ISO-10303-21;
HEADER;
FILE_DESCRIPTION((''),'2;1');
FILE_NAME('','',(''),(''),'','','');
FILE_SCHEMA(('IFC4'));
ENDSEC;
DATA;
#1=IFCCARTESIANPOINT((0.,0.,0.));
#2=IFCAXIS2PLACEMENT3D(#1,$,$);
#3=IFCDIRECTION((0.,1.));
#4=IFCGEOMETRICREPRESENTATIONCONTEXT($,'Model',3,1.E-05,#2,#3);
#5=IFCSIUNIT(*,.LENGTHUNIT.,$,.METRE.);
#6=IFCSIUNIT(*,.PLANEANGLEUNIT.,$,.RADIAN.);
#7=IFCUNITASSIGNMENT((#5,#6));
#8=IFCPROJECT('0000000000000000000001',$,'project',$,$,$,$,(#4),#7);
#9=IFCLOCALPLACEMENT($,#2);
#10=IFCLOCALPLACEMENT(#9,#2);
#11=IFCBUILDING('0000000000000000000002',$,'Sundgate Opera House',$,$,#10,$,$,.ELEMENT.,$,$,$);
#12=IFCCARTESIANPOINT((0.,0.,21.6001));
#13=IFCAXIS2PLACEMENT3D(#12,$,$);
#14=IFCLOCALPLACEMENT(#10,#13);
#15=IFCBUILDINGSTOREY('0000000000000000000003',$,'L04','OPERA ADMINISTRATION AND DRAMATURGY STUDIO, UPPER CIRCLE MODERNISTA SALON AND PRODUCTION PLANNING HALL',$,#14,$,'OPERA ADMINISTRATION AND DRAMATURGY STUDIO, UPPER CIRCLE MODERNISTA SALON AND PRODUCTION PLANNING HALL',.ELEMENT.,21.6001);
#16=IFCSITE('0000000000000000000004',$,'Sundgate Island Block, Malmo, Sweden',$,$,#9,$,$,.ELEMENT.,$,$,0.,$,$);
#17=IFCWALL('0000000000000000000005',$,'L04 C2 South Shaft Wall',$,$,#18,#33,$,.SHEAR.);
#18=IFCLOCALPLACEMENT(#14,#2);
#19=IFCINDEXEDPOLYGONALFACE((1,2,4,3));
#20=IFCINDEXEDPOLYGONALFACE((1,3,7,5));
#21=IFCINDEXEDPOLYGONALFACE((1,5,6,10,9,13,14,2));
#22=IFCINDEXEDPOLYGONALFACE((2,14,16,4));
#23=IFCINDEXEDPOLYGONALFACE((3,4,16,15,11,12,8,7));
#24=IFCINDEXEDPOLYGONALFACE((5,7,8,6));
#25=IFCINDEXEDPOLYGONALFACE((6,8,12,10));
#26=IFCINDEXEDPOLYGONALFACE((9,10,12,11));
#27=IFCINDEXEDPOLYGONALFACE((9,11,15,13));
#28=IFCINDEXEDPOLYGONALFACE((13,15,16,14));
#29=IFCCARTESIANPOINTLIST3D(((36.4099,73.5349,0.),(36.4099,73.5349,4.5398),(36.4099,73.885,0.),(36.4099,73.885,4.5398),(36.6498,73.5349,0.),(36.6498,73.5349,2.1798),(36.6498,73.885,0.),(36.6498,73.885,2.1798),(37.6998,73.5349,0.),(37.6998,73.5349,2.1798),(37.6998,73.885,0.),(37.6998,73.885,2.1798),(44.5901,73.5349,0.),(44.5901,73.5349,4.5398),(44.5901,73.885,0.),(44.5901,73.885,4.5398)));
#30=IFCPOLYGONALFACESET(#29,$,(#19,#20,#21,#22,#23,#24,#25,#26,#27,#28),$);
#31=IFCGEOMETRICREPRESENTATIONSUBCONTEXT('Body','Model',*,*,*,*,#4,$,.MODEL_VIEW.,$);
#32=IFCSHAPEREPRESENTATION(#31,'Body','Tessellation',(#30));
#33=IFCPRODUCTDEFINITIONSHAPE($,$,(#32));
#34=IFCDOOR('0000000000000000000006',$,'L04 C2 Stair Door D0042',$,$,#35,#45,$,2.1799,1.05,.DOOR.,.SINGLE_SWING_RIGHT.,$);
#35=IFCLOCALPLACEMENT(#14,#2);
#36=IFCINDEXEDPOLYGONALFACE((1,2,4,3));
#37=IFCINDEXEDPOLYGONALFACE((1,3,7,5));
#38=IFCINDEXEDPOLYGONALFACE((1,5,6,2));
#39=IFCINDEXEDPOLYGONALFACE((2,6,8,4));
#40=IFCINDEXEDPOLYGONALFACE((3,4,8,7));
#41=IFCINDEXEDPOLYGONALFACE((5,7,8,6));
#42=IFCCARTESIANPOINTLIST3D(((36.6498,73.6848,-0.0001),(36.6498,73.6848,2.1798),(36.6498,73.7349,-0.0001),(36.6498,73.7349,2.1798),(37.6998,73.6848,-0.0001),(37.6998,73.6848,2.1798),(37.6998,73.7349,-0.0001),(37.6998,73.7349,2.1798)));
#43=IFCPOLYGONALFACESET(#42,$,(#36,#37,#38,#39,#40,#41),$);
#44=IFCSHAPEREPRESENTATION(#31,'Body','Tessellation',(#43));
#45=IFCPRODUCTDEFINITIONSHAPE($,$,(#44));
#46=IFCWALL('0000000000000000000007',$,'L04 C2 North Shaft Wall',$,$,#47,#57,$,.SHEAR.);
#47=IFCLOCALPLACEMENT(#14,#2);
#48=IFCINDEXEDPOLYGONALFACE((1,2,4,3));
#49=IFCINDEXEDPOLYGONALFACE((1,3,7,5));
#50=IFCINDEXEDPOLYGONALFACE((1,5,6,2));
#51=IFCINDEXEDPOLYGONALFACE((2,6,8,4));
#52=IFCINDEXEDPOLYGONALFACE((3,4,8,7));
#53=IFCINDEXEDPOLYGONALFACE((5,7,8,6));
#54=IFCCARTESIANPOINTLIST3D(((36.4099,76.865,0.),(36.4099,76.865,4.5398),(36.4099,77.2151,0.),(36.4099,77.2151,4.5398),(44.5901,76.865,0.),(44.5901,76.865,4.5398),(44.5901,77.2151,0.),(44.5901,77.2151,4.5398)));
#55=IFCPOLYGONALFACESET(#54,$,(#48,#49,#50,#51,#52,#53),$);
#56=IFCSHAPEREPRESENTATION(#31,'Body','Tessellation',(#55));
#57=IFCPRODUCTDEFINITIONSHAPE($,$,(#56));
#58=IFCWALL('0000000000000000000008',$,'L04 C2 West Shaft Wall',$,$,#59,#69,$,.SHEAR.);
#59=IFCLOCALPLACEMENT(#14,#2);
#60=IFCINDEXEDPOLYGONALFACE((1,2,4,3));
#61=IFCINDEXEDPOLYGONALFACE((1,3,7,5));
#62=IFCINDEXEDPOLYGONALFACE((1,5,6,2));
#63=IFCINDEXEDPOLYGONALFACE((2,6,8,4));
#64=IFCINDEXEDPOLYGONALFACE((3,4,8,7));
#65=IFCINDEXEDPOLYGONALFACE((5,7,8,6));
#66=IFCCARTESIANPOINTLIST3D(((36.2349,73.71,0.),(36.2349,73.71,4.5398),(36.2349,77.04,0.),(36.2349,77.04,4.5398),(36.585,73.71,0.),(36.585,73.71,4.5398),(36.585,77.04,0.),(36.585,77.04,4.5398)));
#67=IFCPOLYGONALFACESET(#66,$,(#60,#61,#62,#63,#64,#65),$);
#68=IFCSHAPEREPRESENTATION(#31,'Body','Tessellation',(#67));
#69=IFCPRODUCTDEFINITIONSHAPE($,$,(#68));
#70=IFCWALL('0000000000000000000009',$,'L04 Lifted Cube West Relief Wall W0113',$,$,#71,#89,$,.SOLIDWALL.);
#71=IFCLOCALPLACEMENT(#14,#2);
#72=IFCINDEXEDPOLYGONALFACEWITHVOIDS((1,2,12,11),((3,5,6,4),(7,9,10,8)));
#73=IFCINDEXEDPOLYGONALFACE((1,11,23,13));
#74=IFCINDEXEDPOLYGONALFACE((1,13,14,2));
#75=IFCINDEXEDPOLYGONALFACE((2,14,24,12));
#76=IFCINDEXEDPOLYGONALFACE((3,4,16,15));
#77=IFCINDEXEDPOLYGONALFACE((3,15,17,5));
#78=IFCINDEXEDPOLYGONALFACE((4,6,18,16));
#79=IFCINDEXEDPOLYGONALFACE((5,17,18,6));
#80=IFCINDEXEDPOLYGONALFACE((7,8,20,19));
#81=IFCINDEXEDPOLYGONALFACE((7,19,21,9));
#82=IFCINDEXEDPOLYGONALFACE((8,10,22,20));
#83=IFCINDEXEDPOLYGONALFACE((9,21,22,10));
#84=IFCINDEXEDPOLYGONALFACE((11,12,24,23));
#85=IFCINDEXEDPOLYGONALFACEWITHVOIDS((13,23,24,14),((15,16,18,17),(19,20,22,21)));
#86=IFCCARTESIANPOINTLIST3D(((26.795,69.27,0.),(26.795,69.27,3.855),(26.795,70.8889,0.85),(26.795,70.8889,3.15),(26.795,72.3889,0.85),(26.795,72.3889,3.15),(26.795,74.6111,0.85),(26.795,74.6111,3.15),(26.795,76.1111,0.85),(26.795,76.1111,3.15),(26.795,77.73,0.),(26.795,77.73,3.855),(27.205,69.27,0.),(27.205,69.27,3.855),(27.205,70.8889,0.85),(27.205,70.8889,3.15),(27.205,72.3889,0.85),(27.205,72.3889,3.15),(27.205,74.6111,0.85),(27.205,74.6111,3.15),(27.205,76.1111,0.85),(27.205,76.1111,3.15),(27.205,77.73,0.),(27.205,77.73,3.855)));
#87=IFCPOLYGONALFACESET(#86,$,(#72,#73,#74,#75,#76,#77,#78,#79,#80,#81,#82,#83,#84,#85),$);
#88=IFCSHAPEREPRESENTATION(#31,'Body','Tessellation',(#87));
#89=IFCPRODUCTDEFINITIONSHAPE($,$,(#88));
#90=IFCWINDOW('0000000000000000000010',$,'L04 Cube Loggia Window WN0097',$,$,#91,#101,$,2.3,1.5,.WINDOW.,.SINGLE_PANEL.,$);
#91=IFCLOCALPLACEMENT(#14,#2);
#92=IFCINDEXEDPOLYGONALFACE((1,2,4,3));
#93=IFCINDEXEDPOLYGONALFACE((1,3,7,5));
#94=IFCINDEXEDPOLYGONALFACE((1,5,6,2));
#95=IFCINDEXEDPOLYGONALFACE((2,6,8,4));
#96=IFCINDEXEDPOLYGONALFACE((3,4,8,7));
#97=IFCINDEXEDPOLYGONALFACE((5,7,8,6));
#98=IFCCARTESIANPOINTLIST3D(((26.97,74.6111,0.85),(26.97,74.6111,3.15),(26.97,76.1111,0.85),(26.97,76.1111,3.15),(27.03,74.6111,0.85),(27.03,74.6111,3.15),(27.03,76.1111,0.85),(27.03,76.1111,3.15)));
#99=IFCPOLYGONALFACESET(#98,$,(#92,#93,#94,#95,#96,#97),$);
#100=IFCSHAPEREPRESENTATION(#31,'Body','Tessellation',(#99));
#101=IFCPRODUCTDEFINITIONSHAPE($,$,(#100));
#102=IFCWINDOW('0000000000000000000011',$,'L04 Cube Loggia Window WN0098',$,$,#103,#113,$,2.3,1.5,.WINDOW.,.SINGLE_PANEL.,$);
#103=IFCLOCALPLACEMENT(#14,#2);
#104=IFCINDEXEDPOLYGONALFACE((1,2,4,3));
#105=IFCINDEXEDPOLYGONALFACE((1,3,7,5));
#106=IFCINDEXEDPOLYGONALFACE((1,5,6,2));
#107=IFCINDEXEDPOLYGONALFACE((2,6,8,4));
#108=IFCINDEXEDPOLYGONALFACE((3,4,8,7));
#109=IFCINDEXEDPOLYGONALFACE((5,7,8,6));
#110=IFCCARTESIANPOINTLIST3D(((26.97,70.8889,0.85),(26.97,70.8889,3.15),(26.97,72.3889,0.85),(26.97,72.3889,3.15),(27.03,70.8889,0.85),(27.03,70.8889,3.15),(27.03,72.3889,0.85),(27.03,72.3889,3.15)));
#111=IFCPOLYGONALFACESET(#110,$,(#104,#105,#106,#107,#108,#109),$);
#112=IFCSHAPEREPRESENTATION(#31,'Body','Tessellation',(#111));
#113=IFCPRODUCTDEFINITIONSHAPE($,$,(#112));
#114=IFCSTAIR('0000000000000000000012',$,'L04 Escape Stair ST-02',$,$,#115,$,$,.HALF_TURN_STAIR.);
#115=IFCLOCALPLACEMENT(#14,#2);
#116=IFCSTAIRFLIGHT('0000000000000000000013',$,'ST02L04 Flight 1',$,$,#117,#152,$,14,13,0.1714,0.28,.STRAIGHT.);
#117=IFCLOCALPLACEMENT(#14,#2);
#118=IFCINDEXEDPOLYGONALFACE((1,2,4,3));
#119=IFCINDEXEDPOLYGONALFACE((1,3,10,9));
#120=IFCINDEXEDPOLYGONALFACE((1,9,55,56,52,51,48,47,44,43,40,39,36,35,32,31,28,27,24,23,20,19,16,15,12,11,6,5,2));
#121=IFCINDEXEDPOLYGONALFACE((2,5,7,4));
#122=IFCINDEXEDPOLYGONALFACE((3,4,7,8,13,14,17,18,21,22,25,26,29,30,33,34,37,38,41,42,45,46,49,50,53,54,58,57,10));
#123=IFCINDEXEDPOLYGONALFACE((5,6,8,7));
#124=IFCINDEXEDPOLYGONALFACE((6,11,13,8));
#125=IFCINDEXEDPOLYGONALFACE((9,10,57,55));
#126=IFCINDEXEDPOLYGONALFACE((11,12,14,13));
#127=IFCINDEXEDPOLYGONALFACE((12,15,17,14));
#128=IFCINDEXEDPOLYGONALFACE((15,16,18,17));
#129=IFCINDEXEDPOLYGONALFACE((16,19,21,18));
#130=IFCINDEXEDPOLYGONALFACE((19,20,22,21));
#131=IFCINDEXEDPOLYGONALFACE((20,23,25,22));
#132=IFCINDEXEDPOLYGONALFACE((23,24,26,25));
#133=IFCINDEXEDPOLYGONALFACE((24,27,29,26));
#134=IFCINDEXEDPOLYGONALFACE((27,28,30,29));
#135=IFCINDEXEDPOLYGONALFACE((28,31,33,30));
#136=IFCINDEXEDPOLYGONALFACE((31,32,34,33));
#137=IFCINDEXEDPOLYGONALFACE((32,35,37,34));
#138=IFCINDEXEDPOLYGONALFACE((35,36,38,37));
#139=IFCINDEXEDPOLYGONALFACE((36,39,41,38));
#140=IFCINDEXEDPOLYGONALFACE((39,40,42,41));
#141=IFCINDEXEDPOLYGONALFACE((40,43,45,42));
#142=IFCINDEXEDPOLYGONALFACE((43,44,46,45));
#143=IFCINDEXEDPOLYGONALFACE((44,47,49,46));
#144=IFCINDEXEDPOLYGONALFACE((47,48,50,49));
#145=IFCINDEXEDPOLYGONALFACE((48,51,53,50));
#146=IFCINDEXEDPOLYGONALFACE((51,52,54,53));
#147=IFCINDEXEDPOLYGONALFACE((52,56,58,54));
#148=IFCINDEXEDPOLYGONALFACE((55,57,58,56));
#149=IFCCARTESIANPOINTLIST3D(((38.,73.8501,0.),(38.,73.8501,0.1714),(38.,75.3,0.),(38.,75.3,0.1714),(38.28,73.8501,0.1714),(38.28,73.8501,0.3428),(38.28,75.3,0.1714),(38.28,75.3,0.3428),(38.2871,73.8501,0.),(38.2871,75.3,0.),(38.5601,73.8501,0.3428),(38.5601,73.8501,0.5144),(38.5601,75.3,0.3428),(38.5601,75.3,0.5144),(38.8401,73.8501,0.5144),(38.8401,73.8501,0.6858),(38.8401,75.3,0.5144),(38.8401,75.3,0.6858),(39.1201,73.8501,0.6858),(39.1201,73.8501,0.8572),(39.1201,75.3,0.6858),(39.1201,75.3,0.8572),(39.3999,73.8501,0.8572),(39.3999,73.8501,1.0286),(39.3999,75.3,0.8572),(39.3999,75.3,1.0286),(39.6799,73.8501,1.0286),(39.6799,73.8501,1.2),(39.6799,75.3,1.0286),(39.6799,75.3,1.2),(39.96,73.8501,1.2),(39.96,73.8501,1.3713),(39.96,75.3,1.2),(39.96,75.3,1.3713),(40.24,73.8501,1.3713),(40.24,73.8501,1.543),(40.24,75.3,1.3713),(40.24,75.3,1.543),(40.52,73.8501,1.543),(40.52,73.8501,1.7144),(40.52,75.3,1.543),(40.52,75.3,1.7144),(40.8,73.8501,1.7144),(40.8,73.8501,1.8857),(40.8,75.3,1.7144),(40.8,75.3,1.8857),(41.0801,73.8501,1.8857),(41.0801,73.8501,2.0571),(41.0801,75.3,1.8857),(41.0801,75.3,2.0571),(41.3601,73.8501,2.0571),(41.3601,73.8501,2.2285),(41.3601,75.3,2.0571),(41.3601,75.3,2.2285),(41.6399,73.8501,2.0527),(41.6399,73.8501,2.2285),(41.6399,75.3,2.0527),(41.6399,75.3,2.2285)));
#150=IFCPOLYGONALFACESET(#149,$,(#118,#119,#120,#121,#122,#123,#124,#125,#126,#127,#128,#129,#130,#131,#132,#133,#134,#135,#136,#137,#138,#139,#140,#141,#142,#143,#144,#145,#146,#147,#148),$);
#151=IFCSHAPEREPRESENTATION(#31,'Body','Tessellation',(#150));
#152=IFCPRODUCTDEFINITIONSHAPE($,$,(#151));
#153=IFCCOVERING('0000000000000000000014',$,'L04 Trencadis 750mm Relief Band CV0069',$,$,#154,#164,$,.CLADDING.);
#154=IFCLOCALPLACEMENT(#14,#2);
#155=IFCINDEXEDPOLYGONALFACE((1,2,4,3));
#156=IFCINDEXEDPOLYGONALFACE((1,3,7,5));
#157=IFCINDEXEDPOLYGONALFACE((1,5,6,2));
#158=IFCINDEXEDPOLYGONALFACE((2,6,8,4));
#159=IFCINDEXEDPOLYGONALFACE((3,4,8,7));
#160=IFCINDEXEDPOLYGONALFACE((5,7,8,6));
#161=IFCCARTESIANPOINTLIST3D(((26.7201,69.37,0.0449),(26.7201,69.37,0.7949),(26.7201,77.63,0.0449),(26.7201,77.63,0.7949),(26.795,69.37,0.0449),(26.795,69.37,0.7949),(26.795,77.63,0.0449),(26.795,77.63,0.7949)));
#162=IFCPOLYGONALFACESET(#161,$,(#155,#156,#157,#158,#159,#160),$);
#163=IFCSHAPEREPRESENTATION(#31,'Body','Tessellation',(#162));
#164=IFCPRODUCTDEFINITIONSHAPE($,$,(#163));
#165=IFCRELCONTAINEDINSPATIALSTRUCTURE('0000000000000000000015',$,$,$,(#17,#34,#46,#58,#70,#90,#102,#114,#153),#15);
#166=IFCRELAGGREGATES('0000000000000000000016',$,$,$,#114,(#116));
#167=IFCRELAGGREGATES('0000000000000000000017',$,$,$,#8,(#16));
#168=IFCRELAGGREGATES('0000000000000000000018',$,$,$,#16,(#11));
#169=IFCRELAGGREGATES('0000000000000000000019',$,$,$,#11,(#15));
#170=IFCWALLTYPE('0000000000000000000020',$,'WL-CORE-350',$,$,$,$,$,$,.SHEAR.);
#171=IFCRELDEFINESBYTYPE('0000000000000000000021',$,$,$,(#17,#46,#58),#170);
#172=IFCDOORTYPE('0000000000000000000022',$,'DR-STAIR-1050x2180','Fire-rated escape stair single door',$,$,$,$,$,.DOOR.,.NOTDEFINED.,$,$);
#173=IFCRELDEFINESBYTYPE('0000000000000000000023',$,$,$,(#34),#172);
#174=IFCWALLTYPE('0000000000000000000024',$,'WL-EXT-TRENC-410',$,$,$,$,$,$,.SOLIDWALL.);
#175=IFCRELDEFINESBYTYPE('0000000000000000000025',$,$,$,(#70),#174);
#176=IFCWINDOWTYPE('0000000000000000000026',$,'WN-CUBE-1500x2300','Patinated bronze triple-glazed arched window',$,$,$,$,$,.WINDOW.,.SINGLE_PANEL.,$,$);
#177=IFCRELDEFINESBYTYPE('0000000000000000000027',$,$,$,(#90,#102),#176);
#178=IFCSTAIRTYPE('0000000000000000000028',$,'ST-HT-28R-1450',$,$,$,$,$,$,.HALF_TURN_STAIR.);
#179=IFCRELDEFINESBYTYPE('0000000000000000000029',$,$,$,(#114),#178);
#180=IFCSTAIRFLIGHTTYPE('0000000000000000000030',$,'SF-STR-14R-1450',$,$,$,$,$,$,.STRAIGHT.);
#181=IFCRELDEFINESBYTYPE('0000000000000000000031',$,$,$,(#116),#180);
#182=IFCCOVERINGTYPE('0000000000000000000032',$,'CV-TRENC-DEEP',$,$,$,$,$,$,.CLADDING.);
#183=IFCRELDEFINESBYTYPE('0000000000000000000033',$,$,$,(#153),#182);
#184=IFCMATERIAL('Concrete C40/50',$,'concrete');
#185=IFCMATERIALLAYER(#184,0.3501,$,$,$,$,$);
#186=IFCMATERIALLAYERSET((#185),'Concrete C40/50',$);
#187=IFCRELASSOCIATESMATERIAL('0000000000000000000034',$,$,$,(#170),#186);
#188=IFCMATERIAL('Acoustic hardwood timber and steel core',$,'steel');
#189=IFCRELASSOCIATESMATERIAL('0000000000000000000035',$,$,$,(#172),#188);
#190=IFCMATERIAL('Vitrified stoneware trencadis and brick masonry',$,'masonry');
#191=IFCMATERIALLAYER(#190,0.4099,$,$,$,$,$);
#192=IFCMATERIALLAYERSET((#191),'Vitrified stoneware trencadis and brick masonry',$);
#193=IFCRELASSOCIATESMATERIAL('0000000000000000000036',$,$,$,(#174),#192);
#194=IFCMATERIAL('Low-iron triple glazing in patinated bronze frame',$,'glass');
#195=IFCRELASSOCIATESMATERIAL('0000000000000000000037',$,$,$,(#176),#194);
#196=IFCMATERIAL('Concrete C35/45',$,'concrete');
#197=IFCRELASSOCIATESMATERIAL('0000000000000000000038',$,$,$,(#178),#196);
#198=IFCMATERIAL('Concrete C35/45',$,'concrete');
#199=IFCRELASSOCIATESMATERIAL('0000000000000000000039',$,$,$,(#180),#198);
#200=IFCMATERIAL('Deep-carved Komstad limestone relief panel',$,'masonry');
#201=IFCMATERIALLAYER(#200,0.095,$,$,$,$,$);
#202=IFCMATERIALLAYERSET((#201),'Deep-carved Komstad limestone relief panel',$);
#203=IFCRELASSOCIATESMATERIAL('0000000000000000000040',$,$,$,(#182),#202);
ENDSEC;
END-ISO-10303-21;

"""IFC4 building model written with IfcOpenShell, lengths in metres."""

from ifc_helpers import new_model, si_unit, direction, frame, frame_2d, origin, origin_2d, place, context, subcontext, project, spatial, polyline, rectangle, outline, extrude, material, layer, layer_set, type_object, element, fill, aggregate, save


model = new_model("IFC4")

# Units and contexts
model_context = context("Model", 3, precision=1e-05, world=origin(), true_north=direction((0.0, 1.0)))
body_context = subcontext(model_context, "Body", "Model", "MODEL_VIEW")
ifc_project = project(units=[si_unit("LENGTHUNIT", "METRE"), si_unit("PLANEANGLEUNIT", "RADIAN")], contexts=[model_context])

# Site, building, storey
site_placement = place(None, origin())
site = spatial("IfcSite", under=ifc_project, at=site_placement, Name="Sundgate Island Block, Malmo, Sweden", CompositionType="ELEMENT", RefElevation=0.0)
building_placement = place(site_placement, origin())
building = spatial("IfcBuilding", under=site, at=building_placement, Name="Sundgate Opera House", CompositionType="ELEMENT")
storey_placement = place(building_placement, frame((0.0, 0.0, 21.6001)))
storey = spatial("IfcBuildingStorey", under=building, at=storey_placement, Name="L04", Description="OPERA ADMINISTRATION AND DRAMATURGY STUDIO, UPPER CIRCLE MODERNISTA SALON AND PRODUCTION PLANNING HALL", LongName="OPERA ADMINISTRATION AND DRAMATURGY STUDIO, UPPER CIRCLE MODERNISTA SALON AND PRODUCTION PLANNING HALL", CompositionType="ELEMENT", Elevation=21.6001)

# Wall, opening, door
ifc_material_1 = material(Name="Concrete C40/50", Category="concrete")
ifc_layer_1 = layer(ifc_material_1, 0.3501)
ifc_layer_set_1 = layer_set([ifc_layer_1], Name="Concrete C40/50")
wall_type_1 = type_object("IfcWallType", Name="WL-CORE-350", PredefinedType="SHEAR", material=ifc_layer_set_1)
wall_1_placement = place(storey_placement, frame((36.4099, 73.71, 0.0), z_axis=(0.0, 0.0, 1.0), x_axis=(1.0, 0.0, 0.0)))
wall_1 = element("IfcWall", 1, at=wall_1_placement, inside=storey, type_object=wall_type_1, Name="L04 C2 South Shaft Wall", PredefinedType="SHEAR", context=body_context, shape_type="SweptSolid", body=[
    extrude(rectangle(XDim=8.1802, YDim=0.3501, at=frame_2d((4.0901, 0.0))), origin(), (0.0, 0.0, 1.0), 4.5398),
])
opening_1_placement = place(wall_1_placement, frame((0.24, 0.0, 0.0)))
opening_1 = element("IfcOpeningElement", 2, at=opening_1_placement, cuts=wall_1, PredefinedType="OPENING", context=body_context, shape_type="SweptSolid", body=[
    extrude(rectangle(XDim=1.05, YDim=2.1799, at=frame_2d((0.5249, 1.0898))), frame((0.0, 0.1851, 0.0), z_axis=(0.0, -1.0, 0.0), x_axis=(1.0, 0.0, 0.0)), (0.0, 0.0, 1.0), 0.3701),
])
ifc_material_2 = material(Name="Acoustic hardwood timber and steel core", Category="steel")
door_type = type_object("IfcDoorType", Name="DR-STAIR-1050x2180", Description="Fire-rated escape stair single door", OperationType="NOTDEFINED", PredefinedType="DOOR", material=ifc_material_2)
door_placement = place(opening_1_placement, origin())
door = element("IfcDoor", 3, at=door_placement, inside=storey, type_object=door_type, Name="L04 C2 Stair Door D0042", OperationType="SINGLE_SWING_RIGHT", OverallHeight=2.1799, OverallWidth=1.05, PredefinedType="DOOR", context=body_context, shape_type="SweptSolid", body=[
    extrude(rectangle(XDim=1.05, YDim=2.1799, at=frame_2d((0.5249, 1.0898))), frame((0.0, 0.0249, 0.0), z_axis=(0.0, -1.0, 0.0), x_axis=(1.0, 0.0, 0.0)), (0.0, 0.0, 1.0), 0.05),
])
fill(opening_1, door)

# Walls
wall_2_placement = place(storey_placement, frame((36.4099, 77.04, 0.0), z_axis=(0.0, 0.0, 1.0), x_axis=(1.0, 0.0, 0.0)))
element("IfcWall", 4, at=wall_2_placement, inside=storey, type_object=wall_type_1, Name="L04 C2 North Shaft Wall", PredefinedType="SHEAR", context=body_context, shape_type="SweptSolid", body=[
    extrude(rectangle(XDim=8.1802, YDim=0.3501, at=frame_2d((4.0901, 0.0))), origin(), (0.0, 0.0, 1.0), 4.5398),
])
wall_3_placement = place(storey_placement, frame((36.4099, 73.71, 0.0), z_axis=(0.0, 0.0, 1.0), x_axis=(0.0, 1.0, 0.0)))
element("IfcWall", 5, at=wall_3_placement, inside=storey, type_object=wall_type_1, Name="L04 C2 West Shaft Wall", PredefinedType="SHEAR", context=body_context, shape_type="SweptSolid", body=[
    extrude(rectangle(XDim=3.3301, YDim=0.3501, at=frame_2d((1.665, 0.0))), origin(), (0.0, 0.0, 1.0), 4.5398),
])

# Wall, openings, windows
ifc_material_3 = material(Name="Vitrified stoneware trencadis and brick masonry", Category="masonry")
ifc_layer_2 = layer(ifc_material_3, 0.4099)
ifc_layer_set_2 = layer_set([ifc_layer_2], Name="Vitrified stoneware trencadis and brick masonry")
wall_type_2 = type_object("IfcWallType", Name="WL-EXT-TRENC-410", PredefinedType="SOLIDWALL", material=ifc_layer_set_2)
wall_4_placement = place(storey_placement, frame((27.0, 77.73, 0.0), z_axis=(0.0, 0.0, 1.0), x_axis=(0.0, -1.0, 0.0)))
wall_4 = element("IfcWall", 6, at=wall_4_placement, inside=storey, type_object=wall_type_2, Name="L04 Lifted Cube West Relief Wall W0113", PredefinedType="SOLIDWALL", context=body_context, shape_type="SweptSolid", body=[
    extrude(rectangle(XDim=8.46, YDim=0.4099, at=frame_2d((4.23, 0.0))), origin(), (0.0, 0.0, 1.0), 3.855),
])
opening_2_placement = place(wall_4_placement, frame((1.6189, 0.0, 0.8501)))
opening_2 = element("IfcOpeningElement", 7, at=opening_2_placement, cuts=wall_4, PredefinedType="OPENING", context=body_context, shape_type="SweptSolid", body=[
    extrude(rectangle(XDim=1.5, YDim=2.3, at=frame_2d((0.75, 1.1499))), frame((0.0, 0.2148, 0.0), z_axis=(0.0, -1.0, 0.0), x_axis=(1.0, 0.0, 0.0)), (0.0, 0.0, 1.0), 0.4299),
])
opening_3_placement = place(wall_4_placement, frame((5.3411, 0.0, 0.8501)))
opening_3 = element("IfcOpeningElement", 8, at=opening_3_placement, cuts=wall_4, PredefinedType="OPENING", context=body_context, shape_type="SweptSolid", body=[
    extrude(rectangle(XDim=1.5, YDim=2.3, at=frame_2d((0.75, 1.1499))), frame((0.0, 0.2148, 0.0), z_axis=(0.0, -1.0, 0.0), x_axis=(1.0, 0.0, 0.0)), (0.0, 0.0, 1.0), 0.4299),
])
ifc_material_4 = material(Name="Low-iron triple glazing in patinated bronze frame", Category="glass")
window_type = type_object("IfcWindowType", Name="WN-CUBE-1500x2300", Description="Patinated bronze triple-glazed arched window", PartitioningType="SINGLE_PANEL", PredefinedType="WINDOW", material=ifc_material_4)
window_1_placement = place(opening_2_placement, origin())
window_1 = element("IfcWindow", 9, at=window_1_placement, inside=storey, type_object=window_type, Name="L04 Cube Loggia Window WN0097", OverallHeight=2.3, OverallWidth=1.5, PartitioningType="SINGLE_PANEL", PredefinedType="WINDOW", context=body_context, shape_type="SweptSolid", body=[
    extrude(rectangle(XDim=1.5, YDim=2.3, at=frame_2d((0.75, 1.1499))), frame((0.0, 0.03, 0.0), z_axis=(0.0, -1.0, 0.0), x_axis=(1.0, 0.0, 0.0)), (0.0, 0.0, 1.0), 0.0601),
])
fill(opening_2, window_1)
window_2_placement = place(opening_3_placement, origin())
window_2 = element("IfcWindow", 10, at=window_2_placement, inside=storey, type_object=window_type, Name="L04 Cube Loggia Window WN0098", OverallHeight=2.3, OverallWidth=1.5, PartitioningType="SINGLE_PANEL", PredefinedType="WINDOW", context=body_context, shape_type="SweptSolid", body=[
    extrude(rectangle(XDim=1.5, YDim=2.3, at=frame_2d((0.75, 1.1499))), frame((0.0, 0.03, 0.0), z_axis=(0.0, -1.0, 0.0), x_axis=(1.0, 0.0, 0.0)), (0.0, 0.0, 1.0), 0.0601),
])
fill(opening_3, window_2)

# Stair, stair flight
ifc_material_5 = material(Name="Concrete C35/45", Category="concrete")
stair_type = type_object("IfcStairType", Name="ST-HT-28R-1450", PredefinedType="HALF_TURN_STAIR", material=ifc_material_5)
stair_placement = place(storey_placement, origin())
stair = element("IfcStair", 11, at=stair_placement, inside=storey, type_object=stair_type, Name="L04 Escape Stair ST-02", PredefinedType="HALF_TURN_STAIR")
ifc_material_6 = material(Name="Concrete C35/45", Category="concrete")
stair_flight_type = type_object("IfcStairFlightType", Name="SF-STR-14R-1450", PredefinedType="STRAIGHT", material=ifc_material_6)
stair_flight_placement = place(storey_placement, frame((38.0, 74.575, 0.0), z_axis=(0.0, 0.0, 1.0), x_axis=(1.0, 0.0, 0.0)))
stair_flight = element("IfcStairFlight", 12, at=stair_flight_placement, type_object=stair_flight_type, Name="ST02L04 Flight 1", NumberOfRisers=14, NumberOfTreads=13, PredefinedType="STRAIGHT", RiserHeight=0.1714, TreadLength=0.28, context=body_context, shape_type="SweptSolid", body=[
    extrude(outline(polyline([(0.0, 0.0), (0.0, 0.1714), (0.28, 0.1714), (0.28, 0.3428), (0.5601, 0.3428), (0.5601, 0.5144), (0.8401, 0.5144), (0.8401, 0.6858), (1.1201, 0.6858), (1.1201, 0.8572), (1.3999, 0.8572), (1.3999, 1.0286), (1.6799, 1.0286), (1.6799, 1.2), (1.96, 1.2), (1.96, 1.3713), (2.24, 1.3713), (2.24, 1.543), (2.52, 1.543), (2.52, 1.7144), (2.8, 1.7144), (2.8, 1.8857), (3.0801, 1.8857), (3.0801, 2.0571), (3.3601, 2.0571), (3.3601, 2.2285), (3.6399, 2.2285), (3.6399, 2.3999), (3.6399, 2.0527), (0.2871, 0.0), (0.0, 0.0)])), frame((0.0, 0.7251, 0.0), z_axis=(0.0, -1.0, 0.0), x_axis=(1.0, 0.0, 0.0)), (0.0, 0.0, 1.0), 1.45),
])
aggregate(stair, [stair_flight])

# Covering
ifc_material_7 = material(Name="Deep-carved Komstad limestone relief panel", Category="masonry")
ifc_layer_3 = layer(ifc_material_7, 0.095)
ifc_layer_set_3 = layer_set([ifc_layer_3], Name="Deep-carved Komstad limestone relief panel")
covering_type = type_object("IfcCoveringType", Name="CV-TRENC-DEEP", PredefinedType="CLADDING", material=ifc_layer_set_3)
covering_placement = place(storey_placement, frame((26.7576, 73.5, 0.0449), z_axis=(0.0, 0.0, 1.0), x_axis=(0.0, 1.0, 0.0)))
element("IfcCovering", 13, at=covering_placement, inside=storey, type_object=covering_type, Name="L04 Trencadis 750mm Relief Band CV0069", PredefinedType="CLADDING", context=body_context, shape_type="SweptSolid", body=[
    extrude(rectangle(XDim=8.26, YDim=0.075, at=origin_2d()), origin(), (0.0, 0.0, 1.0), 0.75),
])

save(model, "model.ifc")
